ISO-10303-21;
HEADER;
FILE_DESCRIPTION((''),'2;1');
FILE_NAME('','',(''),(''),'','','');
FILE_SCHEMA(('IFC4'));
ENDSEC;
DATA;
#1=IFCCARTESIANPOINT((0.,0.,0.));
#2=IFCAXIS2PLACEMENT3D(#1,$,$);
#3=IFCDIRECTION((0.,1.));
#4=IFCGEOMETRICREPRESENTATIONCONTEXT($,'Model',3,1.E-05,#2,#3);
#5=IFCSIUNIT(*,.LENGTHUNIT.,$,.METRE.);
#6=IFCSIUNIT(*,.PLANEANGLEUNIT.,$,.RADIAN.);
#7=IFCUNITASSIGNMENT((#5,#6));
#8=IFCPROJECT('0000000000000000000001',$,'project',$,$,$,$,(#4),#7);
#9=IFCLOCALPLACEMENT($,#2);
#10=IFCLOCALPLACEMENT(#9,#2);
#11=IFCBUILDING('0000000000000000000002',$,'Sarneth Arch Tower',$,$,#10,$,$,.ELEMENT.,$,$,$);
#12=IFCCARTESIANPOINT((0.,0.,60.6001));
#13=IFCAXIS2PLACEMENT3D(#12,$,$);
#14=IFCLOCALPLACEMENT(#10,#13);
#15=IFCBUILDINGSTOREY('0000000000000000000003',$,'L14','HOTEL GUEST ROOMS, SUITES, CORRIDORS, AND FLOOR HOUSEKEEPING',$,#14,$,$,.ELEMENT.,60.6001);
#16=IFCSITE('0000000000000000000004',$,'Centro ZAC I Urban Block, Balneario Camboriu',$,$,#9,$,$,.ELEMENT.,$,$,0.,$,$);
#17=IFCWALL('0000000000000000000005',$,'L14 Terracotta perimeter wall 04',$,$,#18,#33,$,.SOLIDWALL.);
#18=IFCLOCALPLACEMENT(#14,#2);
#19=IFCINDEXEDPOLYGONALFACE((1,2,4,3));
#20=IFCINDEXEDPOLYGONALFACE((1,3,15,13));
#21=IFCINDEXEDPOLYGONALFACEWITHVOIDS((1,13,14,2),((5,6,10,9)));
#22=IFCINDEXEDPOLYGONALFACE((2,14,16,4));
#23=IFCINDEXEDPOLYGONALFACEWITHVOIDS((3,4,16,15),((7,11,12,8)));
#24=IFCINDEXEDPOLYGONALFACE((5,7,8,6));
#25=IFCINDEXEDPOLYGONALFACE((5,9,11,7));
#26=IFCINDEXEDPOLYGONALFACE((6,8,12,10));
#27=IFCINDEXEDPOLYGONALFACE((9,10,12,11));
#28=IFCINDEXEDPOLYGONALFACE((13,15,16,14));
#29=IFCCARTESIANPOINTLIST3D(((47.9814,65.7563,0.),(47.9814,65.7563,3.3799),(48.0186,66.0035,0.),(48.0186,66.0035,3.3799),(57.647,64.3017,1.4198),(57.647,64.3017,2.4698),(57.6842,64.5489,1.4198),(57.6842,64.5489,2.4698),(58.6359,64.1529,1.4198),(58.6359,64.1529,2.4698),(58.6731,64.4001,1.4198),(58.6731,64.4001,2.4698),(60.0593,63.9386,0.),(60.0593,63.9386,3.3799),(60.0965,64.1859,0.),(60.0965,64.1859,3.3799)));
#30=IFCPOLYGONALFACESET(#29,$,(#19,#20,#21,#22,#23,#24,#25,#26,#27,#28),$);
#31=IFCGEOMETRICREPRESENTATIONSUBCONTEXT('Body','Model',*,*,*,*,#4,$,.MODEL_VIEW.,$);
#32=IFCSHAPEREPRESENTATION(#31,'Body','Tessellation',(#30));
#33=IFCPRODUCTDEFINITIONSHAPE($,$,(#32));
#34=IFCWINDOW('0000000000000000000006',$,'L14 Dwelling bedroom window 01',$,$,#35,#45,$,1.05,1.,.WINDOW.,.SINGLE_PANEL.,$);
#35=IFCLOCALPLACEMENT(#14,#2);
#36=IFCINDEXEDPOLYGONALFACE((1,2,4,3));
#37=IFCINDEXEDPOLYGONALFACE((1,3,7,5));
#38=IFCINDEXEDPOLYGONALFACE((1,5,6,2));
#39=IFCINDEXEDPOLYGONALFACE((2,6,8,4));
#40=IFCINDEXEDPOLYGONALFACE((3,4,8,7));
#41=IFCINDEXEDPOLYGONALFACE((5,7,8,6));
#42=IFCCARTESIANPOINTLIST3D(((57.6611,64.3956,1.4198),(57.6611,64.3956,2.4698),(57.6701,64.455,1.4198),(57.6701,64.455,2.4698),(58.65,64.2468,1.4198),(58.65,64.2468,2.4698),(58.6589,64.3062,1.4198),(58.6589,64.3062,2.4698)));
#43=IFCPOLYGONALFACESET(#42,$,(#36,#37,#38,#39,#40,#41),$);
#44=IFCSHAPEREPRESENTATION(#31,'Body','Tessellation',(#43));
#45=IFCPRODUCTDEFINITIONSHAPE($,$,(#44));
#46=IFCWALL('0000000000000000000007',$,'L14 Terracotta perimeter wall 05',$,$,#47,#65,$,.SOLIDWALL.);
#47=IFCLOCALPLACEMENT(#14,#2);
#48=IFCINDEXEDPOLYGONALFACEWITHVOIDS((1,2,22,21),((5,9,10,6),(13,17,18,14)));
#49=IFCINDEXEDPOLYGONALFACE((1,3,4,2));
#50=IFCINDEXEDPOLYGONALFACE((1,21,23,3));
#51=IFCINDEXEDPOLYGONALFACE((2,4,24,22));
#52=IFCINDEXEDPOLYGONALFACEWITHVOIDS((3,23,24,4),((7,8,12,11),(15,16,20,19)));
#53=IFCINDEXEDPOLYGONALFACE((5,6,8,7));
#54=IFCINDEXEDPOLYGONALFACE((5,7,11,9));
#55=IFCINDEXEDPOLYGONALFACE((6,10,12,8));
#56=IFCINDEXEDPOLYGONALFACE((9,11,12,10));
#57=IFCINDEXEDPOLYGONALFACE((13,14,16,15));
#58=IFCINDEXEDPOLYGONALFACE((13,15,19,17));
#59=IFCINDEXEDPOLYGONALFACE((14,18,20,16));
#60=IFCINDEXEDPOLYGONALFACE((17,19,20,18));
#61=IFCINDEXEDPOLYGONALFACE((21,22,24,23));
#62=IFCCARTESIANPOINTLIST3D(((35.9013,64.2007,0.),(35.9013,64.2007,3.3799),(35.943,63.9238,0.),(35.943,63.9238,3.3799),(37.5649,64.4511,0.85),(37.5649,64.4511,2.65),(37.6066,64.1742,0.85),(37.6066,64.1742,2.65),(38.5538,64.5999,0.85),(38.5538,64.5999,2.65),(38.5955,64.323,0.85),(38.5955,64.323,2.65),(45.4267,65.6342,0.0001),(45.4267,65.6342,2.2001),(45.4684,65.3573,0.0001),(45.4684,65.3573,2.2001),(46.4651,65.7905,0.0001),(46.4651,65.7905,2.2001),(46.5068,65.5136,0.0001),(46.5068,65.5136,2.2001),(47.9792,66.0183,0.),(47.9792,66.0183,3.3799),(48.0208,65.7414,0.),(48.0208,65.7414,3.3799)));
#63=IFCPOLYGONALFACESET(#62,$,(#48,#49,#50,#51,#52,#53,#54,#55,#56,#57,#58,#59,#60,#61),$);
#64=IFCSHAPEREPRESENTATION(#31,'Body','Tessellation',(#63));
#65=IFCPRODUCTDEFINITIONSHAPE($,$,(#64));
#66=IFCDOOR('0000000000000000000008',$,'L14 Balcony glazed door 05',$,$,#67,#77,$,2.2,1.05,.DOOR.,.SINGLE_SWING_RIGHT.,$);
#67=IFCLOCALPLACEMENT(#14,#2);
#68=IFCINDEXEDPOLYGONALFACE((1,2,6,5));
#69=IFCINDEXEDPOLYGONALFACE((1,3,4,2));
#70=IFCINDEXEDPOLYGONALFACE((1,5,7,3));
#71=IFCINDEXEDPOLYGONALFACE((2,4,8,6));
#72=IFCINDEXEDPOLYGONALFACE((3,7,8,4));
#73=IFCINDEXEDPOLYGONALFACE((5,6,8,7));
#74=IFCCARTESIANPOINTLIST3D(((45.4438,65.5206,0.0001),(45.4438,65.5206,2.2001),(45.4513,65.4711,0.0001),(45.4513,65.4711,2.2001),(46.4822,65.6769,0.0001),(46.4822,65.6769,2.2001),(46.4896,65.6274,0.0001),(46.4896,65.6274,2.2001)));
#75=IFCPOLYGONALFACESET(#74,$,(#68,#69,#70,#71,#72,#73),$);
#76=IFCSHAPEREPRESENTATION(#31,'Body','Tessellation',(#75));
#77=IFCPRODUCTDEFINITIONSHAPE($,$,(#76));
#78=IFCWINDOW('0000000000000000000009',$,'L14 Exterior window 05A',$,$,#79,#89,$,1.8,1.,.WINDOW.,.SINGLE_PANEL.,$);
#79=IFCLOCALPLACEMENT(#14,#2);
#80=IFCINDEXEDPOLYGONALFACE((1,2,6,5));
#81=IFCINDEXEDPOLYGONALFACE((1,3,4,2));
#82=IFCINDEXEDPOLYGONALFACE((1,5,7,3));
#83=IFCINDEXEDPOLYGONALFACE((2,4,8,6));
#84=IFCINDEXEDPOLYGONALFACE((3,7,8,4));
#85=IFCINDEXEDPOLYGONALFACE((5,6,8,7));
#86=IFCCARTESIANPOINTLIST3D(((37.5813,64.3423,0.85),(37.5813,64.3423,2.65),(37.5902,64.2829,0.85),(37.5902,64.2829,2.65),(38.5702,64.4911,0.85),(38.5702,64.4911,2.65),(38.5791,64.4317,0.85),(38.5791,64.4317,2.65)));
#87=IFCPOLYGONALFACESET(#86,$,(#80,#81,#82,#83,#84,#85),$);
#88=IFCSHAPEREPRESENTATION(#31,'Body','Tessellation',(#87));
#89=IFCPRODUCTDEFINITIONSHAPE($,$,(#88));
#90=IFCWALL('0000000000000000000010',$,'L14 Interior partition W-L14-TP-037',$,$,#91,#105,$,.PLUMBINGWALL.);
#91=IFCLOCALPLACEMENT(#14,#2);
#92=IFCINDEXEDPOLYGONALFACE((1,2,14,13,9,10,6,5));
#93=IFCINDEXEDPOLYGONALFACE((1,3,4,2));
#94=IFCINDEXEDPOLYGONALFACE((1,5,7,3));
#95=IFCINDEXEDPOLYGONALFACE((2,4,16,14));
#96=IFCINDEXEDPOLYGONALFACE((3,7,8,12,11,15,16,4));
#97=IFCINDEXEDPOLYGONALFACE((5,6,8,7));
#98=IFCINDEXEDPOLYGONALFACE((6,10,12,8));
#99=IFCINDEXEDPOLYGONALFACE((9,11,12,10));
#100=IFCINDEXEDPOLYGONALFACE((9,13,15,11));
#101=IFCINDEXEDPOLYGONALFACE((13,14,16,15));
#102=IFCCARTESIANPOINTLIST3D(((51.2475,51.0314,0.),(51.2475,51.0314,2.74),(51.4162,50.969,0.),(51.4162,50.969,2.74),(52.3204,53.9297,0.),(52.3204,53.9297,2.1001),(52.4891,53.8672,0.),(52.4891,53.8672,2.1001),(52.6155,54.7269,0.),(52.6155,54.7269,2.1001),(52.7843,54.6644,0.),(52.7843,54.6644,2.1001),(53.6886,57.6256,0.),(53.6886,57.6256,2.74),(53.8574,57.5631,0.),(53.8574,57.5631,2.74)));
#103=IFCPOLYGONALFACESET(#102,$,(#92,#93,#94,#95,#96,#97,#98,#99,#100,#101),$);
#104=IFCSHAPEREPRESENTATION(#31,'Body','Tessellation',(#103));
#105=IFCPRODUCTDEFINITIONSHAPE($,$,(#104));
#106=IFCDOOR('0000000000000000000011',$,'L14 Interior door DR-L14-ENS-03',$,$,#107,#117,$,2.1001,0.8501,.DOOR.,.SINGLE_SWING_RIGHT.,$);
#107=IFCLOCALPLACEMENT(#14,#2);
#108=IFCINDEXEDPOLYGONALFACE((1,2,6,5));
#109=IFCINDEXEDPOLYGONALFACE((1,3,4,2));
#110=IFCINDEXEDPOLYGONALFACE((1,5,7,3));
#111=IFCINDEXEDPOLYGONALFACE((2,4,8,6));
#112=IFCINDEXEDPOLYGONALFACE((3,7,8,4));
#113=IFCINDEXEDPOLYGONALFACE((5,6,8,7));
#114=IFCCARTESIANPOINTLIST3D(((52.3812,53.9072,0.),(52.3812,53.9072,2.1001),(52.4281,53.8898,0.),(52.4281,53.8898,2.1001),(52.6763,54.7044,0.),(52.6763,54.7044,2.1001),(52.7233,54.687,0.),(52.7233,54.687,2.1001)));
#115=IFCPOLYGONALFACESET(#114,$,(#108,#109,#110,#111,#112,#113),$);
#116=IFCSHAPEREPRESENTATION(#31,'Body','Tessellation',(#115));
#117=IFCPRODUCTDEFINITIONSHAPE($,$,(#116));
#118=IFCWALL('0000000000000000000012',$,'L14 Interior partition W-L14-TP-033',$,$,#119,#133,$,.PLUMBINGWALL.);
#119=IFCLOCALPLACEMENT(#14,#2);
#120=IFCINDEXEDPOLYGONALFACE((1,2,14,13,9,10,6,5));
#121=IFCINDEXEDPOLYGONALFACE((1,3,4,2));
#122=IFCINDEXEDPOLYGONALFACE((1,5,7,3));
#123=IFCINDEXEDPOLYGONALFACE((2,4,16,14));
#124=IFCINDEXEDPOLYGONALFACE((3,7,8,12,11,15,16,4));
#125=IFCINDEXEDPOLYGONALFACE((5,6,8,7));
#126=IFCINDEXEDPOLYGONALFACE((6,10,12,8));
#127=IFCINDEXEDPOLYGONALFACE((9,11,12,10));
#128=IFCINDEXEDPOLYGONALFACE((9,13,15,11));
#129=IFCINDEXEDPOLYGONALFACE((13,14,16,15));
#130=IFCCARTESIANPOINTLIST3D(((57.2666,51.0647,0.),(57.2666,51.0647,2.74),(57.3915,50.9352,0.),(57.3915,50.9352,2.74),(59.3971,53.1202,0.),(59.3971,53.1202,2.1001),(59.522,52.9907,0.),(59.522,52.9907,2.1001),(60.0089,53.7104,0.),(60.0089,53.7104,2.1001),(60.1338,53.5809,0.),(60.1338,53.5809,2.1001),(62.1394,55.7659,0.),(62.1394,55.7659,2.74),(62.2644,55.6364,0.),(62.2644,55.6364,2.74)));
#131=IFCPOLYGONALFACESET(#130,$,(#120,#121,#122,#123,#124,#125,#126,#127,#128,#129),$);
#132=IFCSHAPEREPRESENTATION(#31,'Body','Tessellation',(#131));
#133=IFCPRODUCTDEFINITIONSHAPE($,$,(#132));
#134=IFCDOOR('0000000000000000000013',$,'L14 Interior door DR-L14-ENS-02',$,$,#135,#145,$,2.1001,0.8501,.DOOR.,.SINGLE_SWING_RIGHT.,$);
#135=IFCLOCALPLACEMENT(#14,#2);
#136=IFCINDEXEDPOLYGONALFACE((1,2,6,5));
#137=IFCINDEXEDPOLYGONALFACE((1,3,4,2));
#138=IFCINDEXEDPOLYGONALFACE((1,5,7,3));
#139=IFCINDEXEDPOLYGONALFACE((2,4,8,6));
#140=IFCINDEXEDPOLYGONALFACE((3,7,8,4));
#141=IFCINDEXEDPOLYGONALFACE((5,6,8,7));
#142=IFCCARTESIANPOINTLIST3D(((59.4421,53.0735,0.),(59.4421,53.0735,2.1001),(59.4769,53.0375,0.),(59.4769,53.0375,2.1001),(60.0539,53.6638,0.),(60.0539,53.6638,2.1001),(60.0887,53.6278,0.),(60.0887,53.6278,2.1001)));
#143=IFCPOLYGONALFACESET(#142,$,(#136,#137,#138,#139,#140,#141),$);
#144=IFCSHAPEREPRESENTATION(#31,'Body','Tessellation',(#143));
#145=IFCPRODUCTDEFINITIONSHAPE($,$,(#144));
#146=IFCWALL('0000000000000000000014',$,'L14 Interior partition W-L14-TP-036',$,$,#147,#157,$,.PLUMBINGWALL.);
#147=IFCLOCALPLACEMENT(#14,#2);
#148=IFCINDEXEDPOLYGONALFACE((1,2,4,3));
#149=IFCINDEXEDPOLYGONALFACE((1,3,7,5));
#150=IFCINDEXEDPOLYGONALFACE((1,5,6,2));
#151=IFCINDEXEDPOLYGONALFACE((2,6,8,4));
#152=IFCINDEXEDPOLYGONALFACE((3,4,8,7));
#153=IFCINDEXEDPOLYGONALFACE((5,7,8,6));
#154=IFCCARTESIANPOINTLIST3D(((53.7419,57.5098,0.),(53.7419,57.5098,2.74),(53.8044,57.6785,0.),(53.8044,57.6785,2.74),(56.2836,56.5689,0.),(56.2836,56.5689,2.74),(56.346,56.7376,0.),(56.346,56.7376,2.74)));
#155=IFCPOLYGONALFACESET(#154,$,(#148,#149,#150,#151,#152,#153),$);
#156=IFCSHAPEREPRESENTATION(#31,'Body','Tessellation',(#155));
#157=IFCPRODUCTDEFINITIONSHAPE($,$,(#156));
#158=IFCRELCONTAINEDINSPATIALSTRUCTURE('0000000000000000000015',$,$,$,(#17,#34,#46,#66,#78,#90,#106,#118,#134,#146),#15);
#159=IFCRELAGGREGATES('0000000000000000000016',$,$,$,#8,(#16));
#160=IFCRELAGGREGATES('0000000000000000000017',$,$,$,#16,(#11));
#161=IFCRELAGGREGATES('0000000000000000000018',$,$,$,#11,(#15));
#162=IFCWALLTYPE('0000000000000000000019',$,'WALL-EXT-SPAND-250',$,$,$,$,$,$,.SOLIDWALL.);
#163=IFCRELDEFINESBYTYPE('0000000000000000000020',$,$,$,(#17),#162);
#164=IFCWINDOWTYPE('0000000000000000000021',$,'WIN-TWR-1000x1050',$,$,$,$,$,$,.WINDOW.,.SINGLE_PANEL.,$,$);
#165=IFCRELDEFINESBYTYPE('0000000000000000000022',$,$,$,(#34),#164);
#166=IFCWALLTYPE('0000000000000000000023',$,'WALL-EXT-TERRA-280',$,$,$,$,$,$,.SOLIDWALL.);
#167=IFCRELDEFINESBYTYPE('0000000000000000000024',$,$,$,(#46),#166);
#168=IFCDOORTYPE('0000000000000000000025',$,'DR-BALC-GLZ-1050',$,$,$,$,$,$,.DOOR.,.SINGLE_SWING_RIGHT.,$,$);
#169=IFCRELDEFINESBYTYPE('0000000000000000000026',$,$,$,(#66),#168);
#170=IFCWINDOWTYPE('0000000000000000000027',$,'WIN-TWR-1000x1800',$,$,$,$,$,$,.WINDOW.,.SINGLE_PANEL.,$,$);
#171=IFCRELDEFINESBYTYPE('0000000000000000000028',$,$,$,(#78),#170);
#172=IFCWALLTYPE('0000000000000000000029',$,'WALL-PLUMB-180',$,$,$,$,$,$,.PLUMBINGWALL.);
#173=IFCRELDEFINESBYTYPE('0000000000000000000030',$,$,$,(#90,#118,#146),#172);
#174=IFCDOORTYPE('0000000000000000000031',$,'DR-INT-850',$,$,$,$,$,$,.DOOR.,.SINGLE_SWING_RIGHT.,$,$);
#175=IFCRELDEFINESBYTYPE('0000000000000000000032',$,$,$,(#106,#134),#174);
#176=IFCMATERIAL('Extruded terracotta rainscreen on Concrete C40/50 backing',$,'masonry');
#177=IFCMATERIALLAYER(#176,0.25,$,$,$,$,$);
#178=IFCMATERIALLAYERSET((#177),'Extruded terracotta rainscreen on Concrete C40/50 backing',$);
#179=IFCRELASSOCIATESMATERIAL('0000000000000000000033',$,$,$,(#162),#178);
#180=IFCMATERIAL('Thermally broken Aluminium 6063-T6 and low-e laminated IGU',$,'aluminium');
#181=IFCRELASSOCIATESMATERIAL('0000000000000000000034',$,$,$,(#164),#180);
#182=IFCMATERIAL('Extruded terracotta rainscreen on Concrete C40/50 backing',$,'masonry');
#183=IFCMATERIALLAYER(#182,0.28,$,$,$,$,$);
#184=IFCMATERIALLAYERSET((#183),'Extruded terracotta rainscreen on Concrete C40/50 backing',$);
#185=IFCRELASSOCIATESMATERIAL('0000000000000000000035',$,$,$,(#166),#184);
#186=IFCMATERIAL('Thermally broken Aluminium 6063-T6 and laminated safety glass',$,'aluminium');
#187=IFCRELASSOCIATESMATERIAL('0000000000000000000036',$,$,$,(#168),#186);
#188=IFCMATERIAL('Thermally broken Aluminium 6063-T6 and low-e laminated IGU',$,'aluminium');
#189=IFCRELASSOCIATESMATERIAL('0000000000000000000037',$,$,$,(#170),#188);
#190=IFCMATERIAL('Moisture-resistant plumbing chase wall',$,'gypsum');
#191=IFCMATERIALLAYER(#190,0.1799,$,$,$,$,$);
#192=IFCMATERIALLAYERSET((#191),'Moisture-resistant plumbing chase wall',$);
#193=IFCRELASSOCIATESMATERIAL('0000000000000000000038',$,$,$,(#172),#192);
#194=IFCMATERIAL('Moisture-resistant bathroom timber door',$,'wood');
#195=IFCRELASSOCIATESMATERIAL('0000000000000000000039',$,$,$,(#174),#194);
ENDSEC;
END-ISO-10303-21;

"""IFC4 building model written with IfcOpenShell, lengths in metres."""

from ifc_helpers import new_model, si_unit, direction, frame, frame_2d, origin, place, context, subcontext, project, spatial, rectangle, extrude, material, layer, layer_set, type_object, element, fill, save


model = new_model("IFC4")

# Units and contexts
model_context = context("Model", 3, precision=1e-05, world=origin(), true_north=direction((0.0, 1.0)))
body_context = subcontext(model_context, "Body", "Model", "MODEL_VIEW")
ifc_project = project(units=[si_unit("LENGTHUNIT", "METRE"), si_unit("PLANEANGLEUNIT", "RADIAN")], contexts=[model_context])

# Site, building, storey
site_placement = place(None, origin())
site = spatial("IfcSite", under=ifc_project, at=site_placement, Name="Centro ZAC I Urban Block, Balneario Camboriu", CompositionType="ELEMENT", RefElevation=0.0)
building_placement = place(site_placement, origin())
building = spatial("IfcBuilding", under=site, at=building_placement, Name="Sarneth Arch Tower", CompositionType="ELEMENT")
storey_placement = place(building_placement, frame((0.0, 0.0, 60.6001)))
storey = spatial("IfcBuildingStorey", under=building, at=storey_placement, Name="L14", Description="HOTEL GUEST ROOMS, SUITES, CORRIDORS, AND FLOOR HOUSEKEEPING", CompositionType="ELEMENT", Elevation=60.6001)

# Wall, opening, window
ifc_material_1 = material(Name="Extruded terracotta rainscreen on Concrete C40/50 backing", Category="masonry")
ifc_layer_1 = layer(ifc_material_1, 0.25)
ifc_layer_set_1 = layer_set([ifc_layer_1], Name="Extruded terracotta rainscreen on Concrete C40/50 backing")
wall_type_1 = type_object("IfcWallType", Name="WALL-EXT-SPAND-250", PredefinedType="SOLIDWALL", material=ifc_layer_set_1)
wall_1_placement = place(storey_placement, frame((60.0779, 64.0623, 0.0), z_axis=(0.0, 0.0, 1.0), x_axis=(-0.988865, 0.148816, 0.0)))
wall_1 = element("IfcWall", 1, at=wall_1_placement, inside=storey, type_object=wall_type_1, Name="L14 Terracotta perimeter wall 04", PredefinedType="SOLIDWALL", context=body_context, shape_type="SweptSolid", body=[
    extrude(rectangle(XDim=12.2139, YDim=0.25, at=frame_2d((6.1069, 0.0))), origin(), (0.0, 0.0, 1.0), 3.3799),
])
opening_1_placement = place(wall_1_placement, frame((1.4395, 0.0, 1.4199)))
opening_1 = element("IfcOpeningElement", 2, at=opening_1_placement, cuts=wall_1, PredefinedType="OPENING", context=body_context, shape_type="SweptSolid", body=[
    extrude(rectangle(XDim=1.0, YDim=1.05, at=frame_2d((0.5, 0.5249))), frame((0.0, 0.135, 0.0), z_axis=(0.0, -1.0, 0.0), x_axis=(1.0, 0.0, 0.0)), (0.0, 0.0, 1.0), 0.27),
])
ifc_material_2 = material(Name="Thermally broken Aluminium 6063-T6 and low-e laminated IGU", Category="aluminium")
window_type_1 = type_object("IfcWindowType", Name="WIN-TWR-1000x1050", PartitioningType="SINGLE_PANEL", PredefinedType="WINDOW", material=ifc_material_2)
window_1_placement = place(opening_1_placement, origin())
window_1 = element("IfcWindow", 3, at=window_1_placement, inside=storey, type_object=window_type_1, Name="L14 Dwelling bedroom window 01", OverallHeight=1.05, OverallWidth=1.0, PartitioningType="SINGLE_PANEL", PredefinedType="WINDOW", context=body_context, shape_type="SweptSolid", body=[
    extrude(rectangle(XDim=1.0, YDim=1.05, at=frame_2d((0.5, 0.5249))), frame((0.0, 0.03, 0.0), z_axis=(0.0, -1.0, 0.0), x_axis=(1.0, 0.0, 0.0)), (0.0, 0.0, 1.0), 0.0601),
])
fill(opening_1, window_1)

# Wall, openings, door, window
ifc_material_3 = material(Name="Extruded terracotta rainscreen on Concrete C40/50 backing", Category="masonry")
ifc_layer_2 = layer(ifc_material_3, 0.28)
ifc_layer_set_2 = layer_set([ifc_layer_2], Name="Extruded terracotta rainscreen on Concrete C40/50 backing")
wall_type_2 = type_object("IfcWallType", Name="WALL-EXT-TERRA-280", PredefinedType="SOLIDWALL", material=ifc_layer_set_2)
wall_2_placement = place(storey_placement, frame((48.0, 65.8799, 0.0), z_axis=(0.0, 0.0, 1.0), x_axis=(-0.988865, -0.148816, 0.0)))
wall_2 = element("IfcWall", 4, at=wall_2_placement, inside=storey, type_object=wall_type_2, Name="L14 Terracotta perimeter wall 05", PredefinedType="SOLIDWALL", context=body_context, shape_type="SweptSolid", body=[
    extrude(rectangle(XDim=12.2139, YDim=0.28, at=frame_2d((6.1069, 0.0))), origin(), (0.0, 0.0, 1.0), 3.3799),
])
opening_2_placement = place(wall_2_placement, frame((1.5312, 0.0, 0.0)))
opening_2 = element("IfcOpeningElement", 5, at=opening_2_placement, cuts=wall_2, PredefinedType="OPENING", context=body_context, shape_type="SweptSolid", body=[
    extrude(rectangle(XDim=1.05, YDim=2.2, at=frame_2d((0.5249, 1.1001))), frame((0.0, 0.1499, 0.0), z_axis=(0.0, -1.0, 0.0), x_axis=(1.0, 0.0, 0.0)), (0.0, 0.0, 1.0), 0.3),
])
opening_3_placement = place(wall_2_placement, frame((9.5315, 0.0, 0.8501)))
opening_3 = element("IfcOpeningElement", 6, at=opening_3_placement, cuts=wall_2, PredefinedType="OPENING", context=body_context, shape_type="SweptSolid", body=[
    extrude(rectangle(XDim=1.0, YDim=1.8, at=frame_2d((0.5, 0.8999))), frame((0.0, 0.1499, 0.0), z_axis=(0.0, -1.0, 0.0), x_axis=(1.0, 0.0, 0.0)), (0.0, 0.0, 1.0), 0.3),
])
ifc_material_4 = material(Name="Thermally broken Aluminium 6063-T6 and laminated safety glass", Category="aluminium")
door_type_1 = type_object("IfcDoorType", Name="DR-BALC-GLZ-1050", OperationType="SINGLE_SWING_RIGHT", PredefinedType="DOOR", material=ifc_material_4)
door_1_placement = place(opening_2_placement, origin())
door_1 = element("IfcDoor", 7, at=door_1_placement, inside=storey, type_object=door_type_1, Name="L14 Balcony glazed door 05", OperationType="SINGLE_SWING_RIGHT", OverallHeight=2.2, OverallWidth=1.05, PredefinedType="DOOR", context=body_context, shape_type="SweptSolid", body=[
    extrude(rectangle(XDim=1.05, YDim=2.2, at=frame_2d((0.5249, 1.1001))), frame((0.0, 0.0249, 0.0), z_axis=(0.0, -1.0, 0.0), x_axis=(1.0, 0.0, 0.0)), (0.0, 0.0, 1.0), 0.05),
])
fill(opening_2, door_1)
ifc_material_5 = material(Name="Thermally broken Aluminium 6063-T6 and low-e laminated IGU", Category="aluminium")
window_type_2 = type_object("IfcWindowType", Name="WIN-TWR-1000x1800", PartitioningType="SINGLE_PANEL", PredefinedType="WINDOW", material=ifc_material_5)
window_2_placement = place(opening_3_placement, origin())
window_2 = element("IfcWindow", 8, at=window_2_placement, inside=storey, type_object=window_type_2, Name="L14 Exterior window 05A", OverallHeight=1.8, OverallWidth=1.0, PartitioningType="SINGLE_PANEL", PredefinedType="WINDOW", context=body_context, shape_type="SweptSolid", body=[
    extrude(rectangle(XDim=1.0, YDim=1.8, at=frame_2d((0.5, 0.8999))), frame((0.0, 0.03, 0.0), z_axis=(0.0, -1.0, 0.0), x_axis=(1.0, 0.0, 0.0)), (0.0, 0.0, 1.0), 0.0601),
])
fill(opening_3, window_2)

# Walls, openings, doors
ifc_material_6 = material(Name="Moisture-resistant plumbing chase wall", Category="gypsum")
ifc_layer_3 = layer(ifc_material_6, 0.1799)
ifc_layer_set_3 = layer_set([ifc_layer_3], Name="Moisture-resistant plumbing chase wall")
wall_type_3 = type_object("IfcWallType", Name="WALL-PLUMB-180", PredefinedType="PLUMBINGWALL", material=ifc_layer_set_3)
wall_3_placement = place(storey_placement, frame((53.7729, 57.5942, 0.0), z_axis=(0.0, 0.0, 1.0), x_axis=(-0.347171, -0.937802, 0.0)))
wall_3 = element("IfcWall", 9, at=wall_3_placement, inside=storey, type_object=wall_type_3, Name="L14 Interior partition W-L14-TP-037", PredefinedType="PLUMBINGWALL", context=body_context, shape_type="SweptSolid", body=[
    extrude(rectangle(XDim=7.0315, YDim=0.1799, at=frame_2d((3.5156, 0.0))), origin(), (0.0, 0.0, 1.0), 2.74),
])
opening_4_placement = place(wall_3_placement, frame((3.0908, 0.0, 0.0)))
opening_4 = element("IfcOpeningElement", 10, at=opening_4_placement, cuts=wall_3, PredefinedType="OPENING", context=body_context, shape_type="SweptSolid", body=[
    extrude(rectangle(XDim=0.8501, YDim=2.1001, at=frame_2d((0.425, 1.05))), frame((0.0, 0.0999, 0.0), z_axis=(0.0, -1.0, 0.0), x_axis=(1.0, 0.0, 0.0)), (0.0, 0.0, 1.0), 0.2),
])
ifc_material_7 = material(Name="Moisture-resistant bathroom timber door", Category="wood")
door_type_2 = type_object("IfcDoorType", Name="DR-INT-850", OperationType="SINGLE_SWING_RIGHT", PredefinedType="DOOR", material=ifc_material_7)
door_2_placement = place(opening_4_placement, origin())
door_2 = element("IfcDoor", 11, at=door_2_placement, inside=storey, type_object=door_type_2, Name="L14 Interior door DR-L14-ENS-03", OperationType="SINGLE_SWING_RIGHT", OverallHeight=2.1001, OverallWidth=0.8501, PredefinedType="DOOR", context=body_context, shape_type="SweptSolid", body=[
    extrude(rectangle(XDim=0.8501, YDim=2.1001, at=frame_2d((0.425, 1.05))), frame((0.0, 0.0249, 0.0), z_axis=(0.0, -1.0, 0.0), x_axis=(1.0, 0.0, 0.0)), (0.0, 0.0, 1.0), 0.05),
])
fill(opening_4, door_2)
wall_4_placement = place(storey_placement, frame((62.2019, 55.7012, 0.0), z_axis=(0.0, 0.0, 1.0), x_axis=(-0.719667, -0.694319, 0.0)))
wall_4 = element("IfcWall", 12, at=wall_4_placement, inside=storey, type_object=wall_type_3, Name="L14 Interior partition W-L14-TP-033", PredefinedType="PLUMBINGWALL", context=body_context, shape_type="SweptSolid", body=[
    extrude(rectangle(XDim=6.771, YDim=0.1799, at=frame_2d((3.3855, 0.0))), origin(), (0.0, 0.0, 1.0), 2.74),
])
opening_5_placement = place(wall_4_placement, frame((2.9604, 0.0, 0.0)))
opening_5 = element("IfcOpeningElement", 13, at=opening_5_placement, cuts=wall_4, PredefinedType="OPENING", context=body_context, shape_type="SweptSolid", body=[
    extrude(rectangle(XDim=0.8501, YDim=2.1001, at=frame_2d((0.425, 1.05))), frame((0.0, 0.0999, 0.0), z_axis=(0.0, -1.0, 0.0), x_axis=(1.0, 0.0, 0.0)), (0.0, 0.0, 1.0), 0.2),
])
door_3_placement = place(opening_5_placement, origin())
door_3 = element("IfcDoor", 14, at=door_3_placement, inside=storey, type_object=door_type_2, Name="L14 Interior door DR-L14-ENS-02", OperationType="SINGLE_SWING_RIGHT", OverallHeight=2.1001, OverallWidth=0.8501, PredefinedType="DOOR", context=body_context, shape_type="SweptSolid", body=[
    extrude(rectangle(XDim=0.8501, YDim=2.1001, at=frame_2d((0.425, 1.05))), frame((0.0, 0.0249, 0.0), z_axis=(0.0, -1.0, 0.0), x_axis=(1.0, 0.0, 0.0)), (0.0, 0.0, 1.0), 0.05),
])
fill(opening_5, door_3)

# Wall
wall_5_placement = place(storey_placement, frame((56.3147, 56.6533, 0.0), z_axis=(0.0, 0.0, 1.0), x_axis=(-0.937805, 0.347162, 0.0)))
element("IfcWall", 15, at=wall_5_placement, inside=storey, type_object=wall_type_3, Name="L14 Interior partition W-L14-TP-036", PredefinedType="PLUMBINGWALL", context=body_context, shape_type="SweptSolid", body=[
    extrude(rectangle(XDim=2.7102, YDim=0.1799, at=frame_2d((1.355, 0.0))), origin(), (0.0, 0.0, 1.0), 2.74),
])

save(model, "model.ifc")
